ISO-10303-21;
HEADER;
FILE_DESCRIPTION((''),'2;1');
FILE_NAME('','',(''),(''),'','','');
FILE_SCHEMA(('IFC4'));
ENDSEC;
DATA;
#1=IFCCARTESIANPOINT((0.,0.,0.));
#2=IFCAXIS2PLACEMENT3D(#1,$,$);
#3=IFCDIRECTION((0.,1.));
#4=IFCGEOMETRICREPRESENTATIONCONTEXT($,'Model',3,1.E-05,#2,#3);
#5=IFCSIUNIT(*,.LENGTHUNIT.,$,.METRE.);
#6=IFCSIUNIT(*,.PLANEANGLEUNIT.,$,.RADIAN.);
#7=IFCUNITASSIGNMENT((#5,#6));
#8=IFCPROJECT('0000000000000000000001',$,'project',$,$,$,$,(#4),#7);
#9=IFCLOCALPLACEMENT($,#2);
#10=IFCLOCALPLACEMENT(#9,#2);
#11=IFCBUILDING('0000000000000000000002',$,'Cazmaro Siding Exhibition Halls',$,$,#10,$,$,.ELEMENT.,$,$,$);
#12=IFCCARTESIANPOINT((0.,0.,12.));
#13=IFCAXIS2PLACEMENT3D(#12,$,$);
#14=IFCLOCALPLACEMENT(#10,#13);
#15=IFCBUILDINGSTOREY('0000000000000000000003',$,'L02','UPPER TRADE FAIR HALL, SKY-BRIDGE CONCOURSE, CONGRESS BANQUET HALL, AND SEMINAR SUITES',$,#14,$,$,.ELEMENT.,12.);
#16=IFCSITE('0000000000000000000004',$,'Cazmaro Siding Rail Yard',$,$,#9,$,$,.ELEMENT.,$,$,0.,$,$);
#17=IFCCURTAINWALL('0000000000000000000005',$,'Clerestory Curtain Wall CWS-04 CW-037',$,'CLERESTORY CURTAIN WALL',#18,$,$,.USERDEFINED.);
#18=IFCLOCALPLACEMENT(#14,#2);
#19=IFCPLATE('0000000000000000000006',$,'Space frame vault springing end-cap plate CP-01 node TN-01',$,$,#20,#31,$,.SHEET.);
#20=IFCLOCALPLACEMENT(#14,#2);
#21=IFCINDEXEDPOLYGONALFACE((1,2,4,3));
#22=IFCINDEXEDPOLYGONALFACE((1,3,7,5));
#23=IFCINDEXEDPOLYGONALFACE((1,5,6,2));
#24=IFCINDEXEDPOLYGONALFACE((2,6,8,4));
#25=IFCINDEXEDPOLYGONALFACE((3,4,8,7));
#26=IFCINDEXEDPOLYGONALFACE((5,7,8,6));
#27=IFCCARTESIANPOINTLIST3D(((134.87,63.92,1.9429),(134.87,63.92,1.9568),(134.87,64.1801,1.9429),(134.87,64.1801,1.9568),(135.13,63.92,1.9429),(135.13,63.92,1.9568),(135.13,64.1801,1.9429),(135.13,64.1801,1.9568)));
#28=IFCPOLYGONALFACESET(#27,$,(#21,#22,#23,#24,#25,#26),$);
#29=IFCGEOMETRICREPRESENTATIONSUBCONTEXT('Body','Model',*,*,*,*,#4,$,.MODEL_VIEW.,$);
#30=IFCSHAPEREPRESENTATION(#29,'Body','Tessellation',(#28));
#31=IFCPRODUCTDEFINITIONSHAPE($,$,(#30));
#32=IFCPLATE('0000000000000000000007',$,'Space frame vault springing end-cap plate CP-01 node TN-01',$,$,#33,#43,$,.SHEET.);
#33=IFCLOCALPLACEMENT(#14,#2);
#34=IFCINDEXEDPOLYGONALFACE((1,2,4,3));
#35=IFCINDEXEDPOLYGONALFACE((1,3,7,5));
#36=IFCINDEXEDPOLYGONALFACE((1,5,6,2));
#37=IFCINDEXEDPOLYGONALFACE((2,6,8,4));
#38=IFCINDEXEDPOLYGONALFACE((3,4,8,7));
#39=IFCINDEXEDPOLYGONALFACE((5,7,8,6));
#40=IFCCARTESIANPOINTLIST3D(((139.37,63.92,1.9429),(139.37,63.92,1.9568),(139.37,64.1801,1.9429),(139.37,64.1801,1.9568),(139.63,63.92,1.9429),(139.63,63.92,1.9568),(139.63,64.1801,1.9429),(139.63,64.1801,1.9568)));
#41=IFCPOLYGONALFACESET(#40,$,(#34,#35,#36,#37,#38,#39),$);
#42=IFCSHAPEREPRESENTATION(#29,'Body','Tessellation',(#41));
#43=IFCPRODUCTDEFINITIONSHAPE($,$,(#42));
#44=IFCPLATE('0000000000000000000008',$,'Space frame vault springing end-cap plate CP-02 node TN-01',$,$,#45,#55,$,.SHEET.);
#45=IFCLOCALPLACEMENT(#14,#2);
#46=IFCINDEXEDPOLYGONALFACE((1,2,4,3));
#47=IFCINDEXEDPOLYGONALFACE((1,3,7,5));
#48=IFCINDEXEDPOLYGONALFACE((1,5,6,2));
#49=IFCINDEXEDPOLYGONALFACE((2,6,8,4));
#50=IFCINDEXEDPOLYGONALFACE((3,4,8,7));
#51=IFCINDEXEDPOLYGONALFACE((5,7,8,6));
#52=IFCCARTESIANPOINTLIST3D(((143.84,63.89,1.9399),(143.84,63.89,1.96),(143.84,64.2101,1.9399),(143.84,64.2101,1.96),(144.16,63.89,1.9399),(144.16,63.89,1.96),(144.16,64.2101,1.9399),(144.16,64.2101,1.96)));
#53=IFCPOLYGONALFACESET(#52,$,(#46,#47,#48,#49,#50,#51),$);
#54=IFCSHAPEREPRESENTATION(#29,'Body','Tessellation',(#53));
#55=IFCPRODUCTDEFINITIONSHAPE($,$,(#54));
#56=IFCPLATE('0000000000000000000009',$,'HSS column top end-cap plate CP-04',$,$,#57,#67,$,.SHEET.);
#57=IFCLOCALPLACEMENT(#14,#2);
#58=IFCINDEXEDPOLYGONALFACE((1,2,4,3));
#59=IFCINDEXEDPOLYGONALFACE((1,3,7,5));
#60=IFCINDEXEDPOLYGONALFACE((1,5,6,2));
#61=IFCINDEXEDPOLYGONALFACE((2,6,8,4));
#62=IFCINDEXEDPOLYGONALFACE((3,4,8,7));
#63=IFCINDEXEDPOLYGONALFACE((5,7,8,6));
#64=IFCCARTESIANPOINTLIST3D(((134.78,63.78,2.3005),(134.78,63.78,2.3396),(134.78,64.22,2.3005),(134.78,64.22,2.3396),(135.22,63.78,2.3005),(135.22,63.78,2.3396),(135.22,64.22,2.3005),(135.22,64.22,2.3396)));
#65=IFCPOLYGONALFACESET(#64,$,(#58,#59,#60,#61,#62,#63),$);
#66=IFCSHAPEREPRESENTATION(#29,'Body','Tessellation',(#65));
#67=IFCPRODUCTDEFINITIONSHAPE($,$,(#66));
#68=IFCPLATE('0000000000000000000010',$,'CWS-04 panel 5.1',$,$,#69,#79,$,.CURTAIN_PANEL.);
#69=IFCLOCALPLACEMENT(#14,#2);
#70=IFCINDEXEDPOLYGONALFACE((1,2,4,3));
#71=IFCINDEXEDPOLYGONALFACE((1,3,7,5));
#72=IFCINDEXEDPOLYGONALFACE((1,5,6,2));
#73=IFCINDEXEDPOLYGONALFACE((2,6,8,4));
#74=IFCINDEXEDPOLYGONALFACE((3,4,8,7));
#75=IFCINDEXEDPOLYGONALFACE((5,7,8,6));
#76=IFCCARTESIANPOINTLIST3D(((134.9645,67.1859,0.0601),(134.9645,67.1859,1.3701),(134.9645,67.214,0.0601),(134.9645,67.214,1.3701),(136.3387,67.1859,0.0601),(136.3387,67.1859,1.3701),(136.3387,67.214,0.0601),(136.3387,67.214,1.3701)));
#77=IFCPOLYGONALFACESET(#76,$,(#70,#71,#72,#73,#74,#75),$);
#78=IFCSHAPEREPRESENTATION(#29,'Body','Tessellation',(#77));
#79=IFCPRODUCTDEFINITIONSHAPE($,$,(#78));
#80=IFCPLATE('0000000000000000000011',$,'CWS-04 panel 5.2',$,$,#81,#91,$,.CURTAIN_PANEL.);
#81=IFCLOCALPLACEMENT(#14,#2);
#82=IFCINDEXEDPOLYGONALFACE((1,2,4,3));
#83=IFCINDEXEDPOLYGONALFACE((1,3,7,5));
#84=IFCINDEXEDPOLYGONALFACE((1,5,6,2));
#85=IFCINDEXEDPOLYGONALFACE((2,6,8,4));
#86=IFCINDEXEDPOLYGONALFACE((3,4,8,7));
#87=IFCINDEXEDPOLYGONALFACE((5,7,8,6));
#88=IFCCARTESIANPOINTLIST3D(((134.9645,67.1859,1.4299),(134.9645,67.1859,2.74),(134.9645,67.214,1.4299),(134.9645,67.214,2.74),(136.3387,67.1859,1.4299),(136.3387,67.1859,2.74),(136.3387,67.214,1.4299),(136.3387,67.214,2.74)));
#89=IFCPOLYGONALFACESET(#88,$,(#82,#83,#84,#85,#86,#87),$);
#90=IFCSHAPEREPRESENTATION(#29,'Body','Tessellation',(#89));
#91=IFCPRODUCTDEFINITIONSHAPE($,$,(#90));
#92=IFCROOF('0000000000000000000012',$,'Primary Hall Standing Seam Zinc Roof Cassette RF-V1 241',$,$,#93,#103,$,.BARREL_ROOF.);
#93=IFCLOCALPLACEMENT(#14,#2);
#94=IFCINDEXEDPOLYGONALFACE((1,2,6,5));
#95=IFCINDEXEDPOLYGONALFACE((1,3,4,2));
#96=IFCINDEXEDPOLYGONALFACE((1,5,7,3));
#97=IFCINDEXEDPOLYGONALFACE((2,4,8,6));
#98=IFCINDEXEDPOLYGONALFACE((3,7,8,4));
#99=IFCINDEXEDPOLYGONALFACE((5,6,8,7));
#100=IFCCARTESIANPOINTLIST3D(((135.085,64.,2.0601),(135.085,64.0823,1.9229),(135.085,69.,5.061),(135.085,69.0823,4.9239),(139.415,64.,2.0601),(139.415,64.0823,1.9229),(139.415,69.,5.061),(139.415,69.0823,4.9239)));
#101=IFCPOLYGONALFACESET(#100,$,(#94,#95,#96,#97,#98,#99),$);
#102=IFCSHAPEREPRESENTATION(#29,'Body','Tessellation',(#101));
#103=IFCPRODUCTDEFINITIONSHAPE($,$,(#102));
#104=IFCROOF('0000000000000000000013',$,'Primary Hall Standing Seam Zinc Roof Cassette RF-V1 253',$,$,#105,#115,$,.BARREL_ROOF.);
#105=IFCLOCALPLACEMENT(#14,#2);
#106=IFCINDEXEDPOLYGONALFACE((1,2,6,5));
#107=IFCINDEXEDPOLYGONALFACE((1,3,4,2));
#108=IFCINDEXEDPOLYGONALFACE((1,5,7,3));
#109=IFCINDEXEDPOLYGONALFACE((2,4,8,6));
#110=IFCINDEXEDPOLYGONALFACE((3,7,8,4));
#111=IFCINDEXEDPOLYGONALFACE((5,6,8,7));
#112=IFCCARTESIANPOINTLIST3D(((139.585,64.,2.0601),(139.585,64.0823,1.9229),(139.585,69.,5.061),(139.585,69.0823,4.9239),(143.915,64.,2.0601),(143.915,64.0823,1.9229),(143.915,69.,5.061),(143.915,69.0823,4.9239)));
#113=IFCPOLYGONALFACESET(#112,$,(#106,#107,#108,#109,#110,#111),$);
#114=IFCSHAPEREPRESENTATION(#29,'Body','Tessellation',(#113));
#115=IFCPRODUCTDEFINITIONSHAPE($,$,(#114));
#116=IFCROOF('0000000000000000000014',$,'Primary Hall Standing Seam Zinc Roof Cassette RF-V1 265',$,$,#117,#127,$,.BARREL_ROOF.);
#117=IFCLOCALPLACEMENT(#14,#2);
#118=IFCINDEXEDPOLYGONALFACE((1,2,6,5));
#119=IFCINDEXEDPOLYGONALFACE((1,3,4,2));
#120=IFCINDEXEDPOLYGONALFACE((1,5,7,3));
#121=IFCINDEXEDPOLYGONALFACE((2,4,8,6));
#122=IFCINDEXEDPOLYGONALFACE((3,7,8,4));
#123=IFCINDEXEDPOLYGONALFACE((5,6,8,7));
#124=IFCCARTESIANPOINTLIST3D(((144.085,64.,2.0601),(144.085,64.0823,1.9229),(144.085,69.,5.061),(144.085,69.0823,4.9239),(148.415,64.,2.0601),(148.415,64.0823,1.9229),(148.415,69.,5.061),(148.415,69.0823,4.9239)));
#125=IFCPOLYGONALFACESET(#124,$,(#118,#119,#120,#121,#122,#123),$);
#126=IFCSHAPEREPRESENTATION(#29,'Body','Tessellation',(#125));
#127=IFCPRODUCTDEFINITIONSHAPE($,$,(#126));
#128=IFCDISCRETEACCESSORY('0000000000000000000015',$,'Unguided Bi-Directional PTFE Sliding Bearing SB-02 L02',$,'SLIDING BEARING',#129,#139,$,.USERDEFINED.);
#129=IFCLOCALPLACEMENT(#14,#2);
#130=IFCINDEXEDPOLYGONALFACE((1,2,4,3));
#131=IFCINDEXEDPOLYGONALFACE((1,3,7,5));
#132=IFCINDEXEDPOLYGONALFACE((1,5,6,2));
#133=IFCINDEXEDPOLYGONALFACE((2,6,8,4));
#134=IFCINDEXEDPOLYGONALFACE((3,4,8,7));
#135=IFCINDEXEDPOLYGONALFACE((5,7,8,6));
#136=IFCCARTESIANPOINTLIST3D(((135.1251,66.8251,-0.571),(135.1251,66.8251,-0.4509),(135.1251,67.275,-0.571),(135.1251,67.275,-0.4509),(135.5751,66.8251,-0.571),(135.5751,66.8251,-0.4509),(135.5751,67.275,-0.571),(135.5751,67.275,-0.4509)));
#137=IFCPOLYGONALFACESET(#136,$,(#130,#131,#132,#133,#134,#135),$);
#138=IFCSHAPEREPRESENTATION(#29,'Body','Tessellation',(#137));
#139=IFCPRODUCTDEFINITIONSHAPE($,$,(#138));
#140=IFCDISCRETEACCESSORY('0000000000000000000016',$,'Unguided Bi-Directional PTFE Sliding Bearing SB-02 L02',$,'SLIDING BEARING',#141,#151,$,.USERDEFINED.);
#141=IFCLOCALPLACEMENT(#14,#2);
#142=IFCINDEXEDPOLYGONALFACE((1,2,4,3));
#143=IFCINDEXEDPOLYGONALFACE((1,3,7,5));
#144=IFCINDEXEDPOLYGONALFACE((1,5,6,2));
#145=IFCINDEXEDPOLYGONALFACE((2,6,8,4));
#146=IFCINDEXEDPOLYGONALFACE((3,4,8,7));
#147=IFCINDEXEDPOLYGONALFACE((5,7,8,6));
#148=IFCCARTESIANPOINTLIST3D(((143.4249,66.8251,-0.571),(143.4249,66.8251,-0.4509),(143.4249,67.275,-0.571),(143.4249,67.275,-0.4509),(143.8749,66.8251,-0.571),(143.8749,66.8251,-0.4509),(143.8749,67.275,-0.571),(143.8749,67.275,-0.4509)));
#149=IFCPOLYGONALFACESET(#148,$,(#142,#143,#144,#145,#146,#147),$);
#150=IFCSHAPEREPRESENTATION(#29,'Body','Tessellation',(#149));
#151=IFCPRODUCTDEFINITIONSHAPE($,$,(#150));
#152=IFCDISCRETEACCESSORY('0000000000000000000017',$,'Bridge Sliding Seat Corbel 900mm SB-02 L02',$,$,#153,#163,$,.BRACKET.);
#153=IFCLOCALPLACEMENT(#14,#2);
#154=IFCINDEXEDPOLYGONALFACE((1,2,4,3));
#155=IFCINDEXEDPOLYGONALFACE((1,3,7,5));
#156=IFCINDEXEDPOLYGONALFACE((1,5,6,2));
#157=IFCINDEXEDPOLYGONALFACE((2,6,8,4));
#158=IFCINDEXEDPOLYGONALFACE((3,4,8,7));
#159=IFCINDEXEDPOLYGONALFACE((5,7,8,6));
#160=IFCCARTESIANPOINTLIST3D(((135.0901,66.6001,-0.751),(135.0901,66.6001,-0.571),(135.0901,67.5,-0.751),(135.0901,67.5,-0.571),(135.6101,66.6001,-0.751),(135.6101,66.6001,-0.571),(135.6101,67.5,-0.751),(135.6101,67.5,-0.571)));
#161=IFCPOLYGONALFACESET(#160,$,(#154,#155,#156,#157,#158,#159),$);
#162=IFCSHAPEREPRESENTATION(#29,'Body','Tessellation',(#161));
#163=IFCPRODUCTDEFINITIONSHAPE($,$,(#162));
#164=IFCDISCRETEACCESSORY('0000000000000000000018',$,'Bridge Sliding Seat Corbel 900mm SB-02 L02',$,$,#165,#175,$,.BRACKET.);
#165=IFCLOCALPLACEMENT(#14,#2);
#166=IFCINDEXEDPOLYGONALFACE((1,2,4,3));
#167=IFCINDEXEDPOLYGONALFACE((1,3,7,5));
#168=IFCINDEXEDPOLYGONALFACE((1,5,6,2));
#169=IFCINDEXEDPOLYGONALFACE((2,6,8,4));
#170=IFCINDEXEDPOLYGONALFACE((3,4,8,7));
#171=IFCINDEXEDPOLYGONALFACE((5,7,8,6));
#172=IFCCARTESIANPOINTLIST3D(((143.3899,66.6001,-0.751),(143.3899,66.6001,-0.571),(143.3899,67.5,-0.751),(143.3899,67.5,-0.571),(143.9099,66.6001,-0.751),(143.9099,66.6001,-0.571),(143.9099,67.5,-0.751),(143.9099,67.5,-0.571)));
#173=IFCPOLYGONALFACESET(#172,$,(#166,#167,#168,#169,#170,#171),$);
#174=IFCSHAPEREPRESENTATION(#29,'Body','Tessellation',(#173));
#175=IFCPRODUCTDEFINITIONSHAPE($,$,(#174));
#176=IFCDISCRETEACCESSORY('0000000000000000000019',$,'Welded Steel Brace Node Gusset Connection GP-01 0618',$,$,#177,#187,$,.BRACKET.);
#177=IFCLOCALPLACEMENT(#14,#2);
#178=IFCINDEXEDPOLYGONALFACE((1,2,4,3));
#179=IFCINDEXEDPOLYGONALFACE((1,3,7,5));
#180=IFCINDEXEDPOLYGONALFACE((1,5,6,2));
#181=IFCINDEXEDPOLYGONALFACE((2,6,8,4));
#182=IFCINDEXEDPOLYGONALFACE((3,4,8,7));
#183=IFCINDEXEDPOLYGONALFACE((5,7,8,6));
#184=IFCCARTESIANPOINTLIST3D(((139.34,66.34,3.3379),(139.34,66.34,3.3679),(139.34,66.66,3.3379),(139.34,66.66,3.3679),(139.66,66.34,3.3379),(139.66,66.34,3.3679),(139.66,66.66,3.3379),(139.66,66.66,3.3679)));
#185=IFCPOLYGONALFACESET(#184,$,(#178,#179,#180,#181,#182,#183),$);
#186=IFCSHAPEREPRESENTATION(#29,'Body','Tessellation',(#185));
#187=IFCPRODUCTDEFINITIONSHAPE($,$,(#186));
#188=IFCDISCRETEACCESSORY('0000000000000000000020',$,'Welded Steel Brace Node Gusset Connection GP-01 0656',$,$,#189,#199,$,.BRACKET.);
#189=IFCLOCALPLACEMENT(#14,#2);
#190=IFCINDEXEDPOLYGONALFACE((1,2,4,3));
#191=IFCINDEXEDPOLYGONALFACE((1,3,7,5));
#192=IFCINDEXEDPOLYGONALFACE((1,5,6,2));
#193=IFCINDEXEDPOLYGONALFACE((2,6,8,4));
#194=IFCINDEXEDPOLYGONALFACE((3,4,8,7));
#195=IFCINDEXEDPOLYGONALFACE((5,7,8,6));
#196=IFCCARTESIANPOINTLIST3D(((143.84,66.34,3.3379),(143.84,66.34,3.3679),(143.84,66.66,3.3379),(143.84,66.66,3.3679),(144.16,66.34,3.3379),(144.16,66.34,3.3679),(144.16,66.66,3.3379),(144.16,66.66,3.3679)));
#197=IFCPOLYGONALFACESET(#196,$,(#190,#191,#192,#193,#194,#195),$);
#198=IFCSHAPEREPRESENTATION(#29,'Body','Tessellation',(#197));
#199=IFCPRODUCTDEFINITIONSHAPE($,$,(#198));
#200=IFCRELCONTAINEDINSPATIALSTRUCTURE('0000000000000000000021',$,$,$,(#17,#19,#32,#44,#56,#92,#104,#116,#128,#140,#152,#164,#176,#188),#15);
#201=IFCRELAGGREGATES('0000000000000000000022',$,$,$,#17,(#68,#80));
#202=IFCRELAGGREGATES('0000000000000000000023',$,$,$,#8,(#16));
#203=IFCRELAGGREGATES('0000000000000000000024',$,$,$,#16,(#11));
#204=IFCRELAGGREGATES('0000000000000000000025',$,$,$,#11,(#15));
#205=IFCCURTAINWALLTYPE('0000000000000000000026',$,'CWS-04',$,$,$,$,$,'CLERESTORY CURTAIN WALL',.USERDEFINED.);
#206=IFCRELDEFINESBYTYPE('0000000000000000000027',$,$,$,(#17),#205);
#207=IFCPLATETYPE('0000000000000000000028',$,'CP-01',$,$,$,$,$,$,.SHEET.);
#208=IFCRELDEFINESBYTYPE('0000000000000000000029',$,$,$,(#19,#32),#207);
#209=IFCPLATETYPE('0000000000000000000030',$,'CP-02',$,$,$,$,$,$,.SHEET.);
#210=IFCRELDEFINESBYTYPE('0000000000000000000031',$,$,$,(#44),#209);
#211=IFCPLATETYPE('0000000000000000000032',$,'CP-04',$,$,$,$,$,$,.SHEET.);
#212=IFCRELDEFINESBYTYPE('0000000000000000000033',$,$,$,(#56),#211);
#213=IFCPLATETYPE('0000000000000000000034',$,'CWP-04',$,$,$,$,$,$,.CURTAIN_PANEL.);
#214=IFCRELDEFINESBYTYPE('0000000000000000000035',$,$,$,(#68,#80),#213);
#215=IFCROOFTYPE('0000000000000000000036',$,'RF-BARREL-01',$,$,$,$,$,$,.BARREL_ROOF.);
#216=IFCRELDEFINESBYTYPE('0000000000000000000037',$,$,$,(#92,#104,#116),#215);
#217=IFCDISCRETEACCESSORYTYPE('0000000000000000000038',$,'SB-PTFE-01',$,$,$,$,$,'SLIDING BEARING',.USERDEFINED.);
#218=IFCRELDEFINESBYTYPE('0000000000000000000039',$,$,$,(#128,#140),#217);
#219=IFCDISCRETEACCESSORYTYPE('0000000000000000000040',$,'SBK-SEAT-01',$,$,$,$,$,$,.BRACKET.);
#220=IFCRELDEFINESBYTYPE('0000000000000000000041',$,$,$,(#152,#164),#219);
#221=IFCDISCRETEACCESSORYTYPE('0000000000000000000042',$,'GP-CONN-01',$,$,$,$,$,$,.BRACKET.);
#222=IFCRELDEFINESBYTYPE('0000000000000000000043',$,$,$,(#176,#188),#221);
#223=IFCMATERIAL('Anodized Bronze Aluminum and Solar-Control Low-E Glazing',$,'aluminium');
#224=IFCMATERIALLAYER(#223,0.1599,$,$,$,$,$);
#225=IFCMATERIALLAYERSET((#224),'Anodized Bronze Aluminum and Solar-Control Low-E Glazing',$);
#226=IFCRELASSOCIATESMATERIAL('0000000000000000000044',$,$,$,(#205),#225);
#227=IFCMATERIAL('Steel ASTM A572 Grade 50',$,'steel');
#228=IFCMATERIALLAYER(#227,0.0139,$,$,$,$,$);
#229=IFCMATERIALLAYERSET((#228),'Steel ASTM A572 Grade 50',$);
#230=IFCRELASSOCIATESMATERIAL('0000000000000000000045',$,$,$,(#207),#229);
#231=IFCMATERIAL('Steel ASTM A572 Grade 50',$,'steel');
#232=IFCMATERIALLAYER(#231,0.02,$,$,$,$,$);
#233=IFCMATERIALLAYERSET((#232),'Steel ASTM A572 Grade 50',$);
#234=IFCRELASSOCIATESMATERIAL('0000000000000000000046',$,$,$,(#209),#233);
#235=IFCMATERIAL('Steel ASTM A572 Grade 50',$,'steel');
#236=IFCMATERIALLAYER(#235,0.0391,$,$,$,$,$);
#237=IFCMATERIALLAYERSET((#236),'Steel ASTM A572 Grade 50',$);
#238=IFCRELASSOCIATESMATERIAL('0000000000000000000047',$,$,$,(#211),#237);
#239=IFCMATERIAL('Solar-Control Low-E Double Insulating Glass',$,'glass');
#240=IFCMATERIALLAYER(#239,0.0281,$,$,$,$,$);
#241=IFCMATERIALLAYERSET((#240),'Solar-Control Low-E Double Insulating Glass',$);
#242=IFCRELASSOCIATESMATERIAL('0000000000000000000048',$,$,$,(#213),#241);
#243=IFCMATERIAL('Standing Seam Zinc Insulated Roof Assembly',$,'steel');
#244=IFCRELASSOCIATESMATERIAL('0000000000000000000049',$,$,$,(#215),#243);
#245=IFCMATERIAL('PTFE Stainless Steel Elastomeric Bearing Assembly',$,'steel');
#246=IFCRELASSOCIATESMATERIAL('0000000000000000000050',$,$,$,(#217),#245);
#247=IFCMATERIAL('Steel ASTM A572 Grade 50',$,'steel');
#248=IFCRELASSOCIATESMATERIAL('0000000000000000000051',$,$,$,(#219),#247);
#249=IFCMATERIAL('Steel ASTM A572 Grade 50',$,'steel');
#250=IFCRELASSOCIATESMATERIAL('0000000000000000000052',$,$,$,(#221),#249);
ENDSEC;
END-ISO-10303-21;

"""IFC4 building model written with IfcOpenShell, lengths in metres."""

from ifc_helpers import new_model, si_unit, direction, frame, origin, origin_2d, place, context, subcontext, project, spatial, polyline, rectangle, outline, extrude, material, layer, layer_set, type_object, element, aggregate, save


model = new_model("IFC4")

# Units and contexts
model_context = context("Model", 3, precision=1e-05, world=origin(), true_north=direction((0.0, 1.0)))
body_context = subcontext(model_context, "Body", "Model", "MODEL_VIEW")
ifc_project = project(units=[si_unit("LENGTHUNIT", "METRE"), si_unit("PLANEANGLEUNIT", "RADIAN")], contexts=[model_context])

# Site, building, storey
site_placement = place(None, origin())
site = spatial("IfcSite", under=ifc_project, at=site_placement, Name="Cazmaro Siding Rail Yard", CompositionType="ELEMENT", RefElevation=0.0)
building_placement = place(site_placement, origin())
building = spatial("IfcBuilding", under=site, at=building_placement, Name="Cazmaro Siding Exhibition Halls", CompositionType="ELEMENT")
storey_placement = place(building_placement, frame((0.0, 0.0, 12.0)))
storey = spatial("IfcBuildingStorey", under=building, at=storey_placement, Name="L02", Description="UPPER TRADE FAIR HALL, SKY-BRIDGE CONCOURSE, CONGRESS BANQUET HALL, AND SEMINAR SUITES", CompositionType="ELEMENT", Elevation=12.0)

# Curtain wall
ifc_material_1 = material(Name="Anodized Bronze Aluminum and Solar-Control Low-E Glazing", Category="aluminium")
ifc_layer_1 = layer(ifc_material_1, 0.1599)
ifc_layer_set_1 = layer_set([ifc_layer_1], Name="Anodized Bronze Aluminum and Solar-Control Low-E Glazing")
curtain_wall_type = type_object("IfcCurtainWallType", Name="CWS-04", ElementType="CLERESTORY CURTAIN WALL", PredefinedType="USERDEFINED", material=ifc_layer_set_1)
curtain_wall_placement = place(storey_placement, origin())
curtain_wall = element("IfcCurtainWall", 1, at=curtain_wall_placement, inside=storey, type_object=curtain_wall_type, Name="Clerestory Curtain Wall CWS-04 CW-037", ObjectType="CLERESTORY CURTAIN WALL", PredefinedType="USERDEFINED")

# Plates
ifc_material_2 = material(Name="Steel ASTM A572 Grade 50", Category="steel")
ifc_layer_2 = layer(ifc_material_2, 0.0139)
ifc_layer_set_2 = layer_set([ifc_layer_2], Name="Steel ASTM A572 Grade 50")
plate_type_1 = type_object("IfcPlateType", Name="CP-01", PredefinedType="SHEET", material=ifc_layer_set_2)
for number, where, z_axis, x_axis, name in (
    (2, (135.0, 64.05, 1.9429), (0.0, 0.0, 1.0), (1.0, 0.0, 0.0), "Space frame vault springing end-cap plate CP-01 node TN-01"),
    (3, (139.5, 64.05, 1.9429), (0.0, 0.0, 1.0), (1.0, 0.0, 0.0), "Space frame vault springing end-cap plate CP-01 node TN-01"),
):
    element("IfcPlate", number, at=place(storey_placement, frame(where, z_axis=z_axis, x_axis=x_axis)), inside=storey, type_object=plate_type_1, Name=name, PredefinedType="SHEET", context=body_context, shape_type="SweptSolid", body=[
        extrude(rectangle(XDim=0.26, YDim=0.26, at=origin_2d()), origin(), (0.0, 0.0, 1.0), 0.0139),
    ])
ifc_material_3 = material(Name="Steel ASTM A572 Grade 50", Category="steel")
ifc_layer_3 = layer(ifc_material_3, 0.02)
ifc_layer_set_3 = layer_set([ifc_layer_3], Name="Steel ASTM A572 Grade 50")
plate_type_2 = type_object("IfcPlateType", Name="CP-02", PredefinedType="SHEET", material=ifc_layer_set_3)
plate_1_placement = place(storey_placement, frame((144.0, 64.05, 1.9399), z_axis=(0.0, 0.0, 1.0), x_axis=(1.0, 0.0, 0.0)))
element("IfcPlate", 4, at=plate_1_placement, inside=storey, type_object=plate_type_2, Name="Space frame vault springing end-cap plate CP-02 node TN-01", PredefinedType="SHEET", context=body_context, shape_type="SweptSolid", body=[
    extrude(rectangle(XDim=0.3201, YDim=0.3201, at=origin_2d()), origin(), (0.0, 0.0, 1.0), 0.02),
])
ifc_material_4 = material(Name="Steel ASTM A572 Grade 50", Category="steel")
ifc_layer_4 = layer(ifc_material_4, 0.0391)
ifc_layer_set_4 = layer_set([ifc_layer_4], Name="Steel ASTM A572 Grade 50")
plate_type_3 = type_object("IfcPlateType", Name="CP-04", PredefinedType="SHEET", material=ifc_layer_set_4)
plate_2_placement = place(storey_placement, frame((135.0, 64.0, 2.3005), z_axis=(0.0, 0.0, 1.0), x_axis=(1.0, 0.0, 0.0)))
element("IfcPlate", 5, at=plate_2_placement, inside=storey, type_object=plate_type_3, Name="HSS column top end-cap plate CP-04", PredefinedType="SHEET", context=body_context, shape_type="SweptSolid", body=[
    extrude(rectangle(XDim=0.4399, YDim=0.4399, at=origin_2d()), origin(), (0.0, 0.0, 1.0), 0.0391),
])

# Plates
ifc_material_5 = material(Name="Solar-Control Low-E Double Insulating Glass", Category="glass")
ifc_layer_5 = layer(ifc_material_5, 0.0281)
ifc_layer_set_5 = layer_set([ifc_layer_5], Name="Solar-Control Low-E Double Insulating Glass")
plate_type_4 = type_object("IfcPlateType", Name="CWP-04", PredefinedType="CURTAIN_PANEL", material=ifc_layer_set_5)
plate_3_placement = place(storey_placement, frame((135.6516, 67.2, 0.0601), z_axis=(0.0, 0.0, 1.0), x_axis=(1.0, 0.0, 0.0)))
plate_3 = element("IfcPlate", 6, at=plate_3_placement, type_object=plate_type_4, Name="CWS-04 panel 5.1", PredefinedType="CURTAIN_PANEL", context=body_context, shape_type="SweptSolid", body=[
    extrude(rectangle(XDim=1.3743, YDim=0.0281, at=origin_2d()), origin(), (0.0, 0.0, 1.0), 1.3101),
])
plate_4_placement = place(storey_placement, frame((135.6516, 67.2, 1.4299), z_axis=(0.0, 0.0, 1.0), x_axis=(1.0, 0.0, 0.0)))
plate_4 = element("IfcPlate", 7, at=plate_4_placement, type_object=plate_type_4, Name="CWS-04 panel 5.2", PredefinedType="CURTAIN_PANEL", context=body_context, shape_type="SweptSolid", body=[
    extrude(rectangle(XDim=1.3743, YDim=0.0281, at=origin_2d()), origin(), (0.0, 0.0, 1.0), 1.3101),
])
aggregate(curtain_wall, [plate_3, plate_4])

# Roofs
ifc_material_6 = material(Name="Standing Seam Zinc Insulated Roof Assembly", Category="steel")
roof_type = type_object("IfcRoofType", Name="RF-BARREL-01", PredefinedType="BARREL_ROOF", material=ifc_material_6)
for number, where, z_axis, x_axis, name in (
    (8, (135.085, 64.0, 2.0601), (0.0, -0.514619, 0.857419), (1.0, 0.0, 0.0), "Primary Hall Standing Seam Zinc Roof Cassette RF-V1 241"),
    (9, (139.585, 64.0, 2.0601), (0.0, -0.514619, 0.857419), (1.0, 0.0, 0.0), "Primary Hall Standing Seam Zinc Roof Cassette RF-V1 253"),
    (10, (144.085, 64.0, 2.0601), (0.0, -0.514619, 0.857419), (1.0, 0.0, 0.0), "Primary Hall Standing Seam Zinc Roof Cassette RF-V1 265"),
):
    element("IfcRoof", number, at=place(storey_placement, frame(where, z_axis=z_axis, x_axis=x_axis)), inside=storey, type_object=roof_type, Name=name, PredefinedType="BARREL_ROOF", context=body_context, shape_type="SweptSolid", body=[
        extrude(outline(polyline([(0.0, 0.0), (4.3301, 0.0), (4.3301, 5.8315), (0.0, 5.8315), (0.0, 0.0)])), origin(), (0.0, 0.0, -1.0), 0.1599),
    ])

# Discrete accessories
ifc_material_7 = material(Name="PTFE Stainless Steel Elastomeric Bearing Assembly", Category="steel")
discrete_accessory_type_1 = type_object("IfcDiscreteAccessoryType", Name="SB-PTFE-01", ElementType="SLIDING BEARING", PredefinedType="USERDEFINED", material=ifc_material_7)
for number, where, z_axis, x_axis, name in (
    (11, (135.3501, 67.05, -0.571), (0.0, 0.0, 1.0), (1.0, 0.0, 0.0), "Unguided Bi-Directional PTFE Sliding Bearing SB-02 L02"),
    (12, (143.6499, 67.05, -0.571), (0.0, 0.0, 1.0), (1.0, 0.0, 0.0), "Unguided Bi-Directional PTFE Sliding Bearing SB-02 L02"),
):
    element("IfcDiscreteAccessory", number, at=place(storey_placement, frame(where, z_axis=z_axis, x_axis=x_axis)), inside=storey, type_object=discrete_accessory_type_1, Name=name, ObjectType="SLIDING BEARING", PredefinedType="USERDEFINED", context=body_context, shape_type="SweptSolid", body=[
        extrude(rectangle(XDim=0.45, YDim=0.45, at=origin_2d()), origin(), (0.0, 0.0, 1.0), 0.1201),
    ])
ifc_material_8 = material(Name="Steel ASTM A572 Grade 50", Category="steel")
discrete_accessory_type_2 = type_object("IfcDiscreteAccessoryType", Name="SBK-SEAT-01", PredefinedType="BRACKET", material=ifc_material_8)
for number, where, z_axis, x_axis, name in (
    (13, (135.3501, 67.05, -0.751), (0.0, 0.0, 1.0), (1.0, 0.0, 0.0), "Bridge Sliding Seat Corbel 900mm SB-02 L02"),
    (14, (143.6499, 67.05, -0.751), (0.0, 0.0, 1.0), (1.0, 0.0, 0.0), "Bridge Sliding Seat Corbel 900mm SB-02 L02"),
):
    element("IfcDiscreteAccessory", number, at=place(storey_placement, frame(where, z_axis=z_axis, x_axis=x_axis)), inside=storey, type_object=discrete_accessory_type_2, Name=name, PredefinedType="BRACKET", context=body_context, shape_type="SweptSolid", body=[
        extrude(rectangle(XDim=0.52, YDim=0.8999, at=origin_2d()), origin(), (0.0, 0.0, 1.0), 0.1799),
    ])
ifc_material_9 = material(Name="Steel ASTM A572 Grade 50", Category="steel")
discrete_accessory_type_3 = type_object("IfcDiscreteAccessoryType", Name="GP-CONN-01", PredefinedType="BRACKET", material=ifc_material_9)
for number, where, z_axis, x_axis, name in (
    (15, (139.5, 66.5, 3.3379), (0.0, 0.0, 1.0), (1.0, 0.0, 0.0), "Welded Steel Brace Node Gusset Connection GP-01 0618"),
    (16, (144.0, 66.5, 3.3379), (0.0, 0.0, 1.0), (1.0, 0.0, 0.0), "Welded Steel Brace Node Gusset Connection GP-01 0656"),
):
    element("IfcDiscreteAccessory", number, at=place(storey_placement, frame(where, z_axis=z_axis, x_axis=x_axis)), inside=storey, type_object=discrete_accessory_type_3, Name=name, PredefinedType="BRACKET", context=body_context, shape_type="SweptSolid", body=[
        extrude(rectangle(XDim=0.3201, YDim=0.3201, at=origin_2d()), origin(), (0.0, 0.0, 1.0), 0.03),
    ])

save(model, "model.ifc")
